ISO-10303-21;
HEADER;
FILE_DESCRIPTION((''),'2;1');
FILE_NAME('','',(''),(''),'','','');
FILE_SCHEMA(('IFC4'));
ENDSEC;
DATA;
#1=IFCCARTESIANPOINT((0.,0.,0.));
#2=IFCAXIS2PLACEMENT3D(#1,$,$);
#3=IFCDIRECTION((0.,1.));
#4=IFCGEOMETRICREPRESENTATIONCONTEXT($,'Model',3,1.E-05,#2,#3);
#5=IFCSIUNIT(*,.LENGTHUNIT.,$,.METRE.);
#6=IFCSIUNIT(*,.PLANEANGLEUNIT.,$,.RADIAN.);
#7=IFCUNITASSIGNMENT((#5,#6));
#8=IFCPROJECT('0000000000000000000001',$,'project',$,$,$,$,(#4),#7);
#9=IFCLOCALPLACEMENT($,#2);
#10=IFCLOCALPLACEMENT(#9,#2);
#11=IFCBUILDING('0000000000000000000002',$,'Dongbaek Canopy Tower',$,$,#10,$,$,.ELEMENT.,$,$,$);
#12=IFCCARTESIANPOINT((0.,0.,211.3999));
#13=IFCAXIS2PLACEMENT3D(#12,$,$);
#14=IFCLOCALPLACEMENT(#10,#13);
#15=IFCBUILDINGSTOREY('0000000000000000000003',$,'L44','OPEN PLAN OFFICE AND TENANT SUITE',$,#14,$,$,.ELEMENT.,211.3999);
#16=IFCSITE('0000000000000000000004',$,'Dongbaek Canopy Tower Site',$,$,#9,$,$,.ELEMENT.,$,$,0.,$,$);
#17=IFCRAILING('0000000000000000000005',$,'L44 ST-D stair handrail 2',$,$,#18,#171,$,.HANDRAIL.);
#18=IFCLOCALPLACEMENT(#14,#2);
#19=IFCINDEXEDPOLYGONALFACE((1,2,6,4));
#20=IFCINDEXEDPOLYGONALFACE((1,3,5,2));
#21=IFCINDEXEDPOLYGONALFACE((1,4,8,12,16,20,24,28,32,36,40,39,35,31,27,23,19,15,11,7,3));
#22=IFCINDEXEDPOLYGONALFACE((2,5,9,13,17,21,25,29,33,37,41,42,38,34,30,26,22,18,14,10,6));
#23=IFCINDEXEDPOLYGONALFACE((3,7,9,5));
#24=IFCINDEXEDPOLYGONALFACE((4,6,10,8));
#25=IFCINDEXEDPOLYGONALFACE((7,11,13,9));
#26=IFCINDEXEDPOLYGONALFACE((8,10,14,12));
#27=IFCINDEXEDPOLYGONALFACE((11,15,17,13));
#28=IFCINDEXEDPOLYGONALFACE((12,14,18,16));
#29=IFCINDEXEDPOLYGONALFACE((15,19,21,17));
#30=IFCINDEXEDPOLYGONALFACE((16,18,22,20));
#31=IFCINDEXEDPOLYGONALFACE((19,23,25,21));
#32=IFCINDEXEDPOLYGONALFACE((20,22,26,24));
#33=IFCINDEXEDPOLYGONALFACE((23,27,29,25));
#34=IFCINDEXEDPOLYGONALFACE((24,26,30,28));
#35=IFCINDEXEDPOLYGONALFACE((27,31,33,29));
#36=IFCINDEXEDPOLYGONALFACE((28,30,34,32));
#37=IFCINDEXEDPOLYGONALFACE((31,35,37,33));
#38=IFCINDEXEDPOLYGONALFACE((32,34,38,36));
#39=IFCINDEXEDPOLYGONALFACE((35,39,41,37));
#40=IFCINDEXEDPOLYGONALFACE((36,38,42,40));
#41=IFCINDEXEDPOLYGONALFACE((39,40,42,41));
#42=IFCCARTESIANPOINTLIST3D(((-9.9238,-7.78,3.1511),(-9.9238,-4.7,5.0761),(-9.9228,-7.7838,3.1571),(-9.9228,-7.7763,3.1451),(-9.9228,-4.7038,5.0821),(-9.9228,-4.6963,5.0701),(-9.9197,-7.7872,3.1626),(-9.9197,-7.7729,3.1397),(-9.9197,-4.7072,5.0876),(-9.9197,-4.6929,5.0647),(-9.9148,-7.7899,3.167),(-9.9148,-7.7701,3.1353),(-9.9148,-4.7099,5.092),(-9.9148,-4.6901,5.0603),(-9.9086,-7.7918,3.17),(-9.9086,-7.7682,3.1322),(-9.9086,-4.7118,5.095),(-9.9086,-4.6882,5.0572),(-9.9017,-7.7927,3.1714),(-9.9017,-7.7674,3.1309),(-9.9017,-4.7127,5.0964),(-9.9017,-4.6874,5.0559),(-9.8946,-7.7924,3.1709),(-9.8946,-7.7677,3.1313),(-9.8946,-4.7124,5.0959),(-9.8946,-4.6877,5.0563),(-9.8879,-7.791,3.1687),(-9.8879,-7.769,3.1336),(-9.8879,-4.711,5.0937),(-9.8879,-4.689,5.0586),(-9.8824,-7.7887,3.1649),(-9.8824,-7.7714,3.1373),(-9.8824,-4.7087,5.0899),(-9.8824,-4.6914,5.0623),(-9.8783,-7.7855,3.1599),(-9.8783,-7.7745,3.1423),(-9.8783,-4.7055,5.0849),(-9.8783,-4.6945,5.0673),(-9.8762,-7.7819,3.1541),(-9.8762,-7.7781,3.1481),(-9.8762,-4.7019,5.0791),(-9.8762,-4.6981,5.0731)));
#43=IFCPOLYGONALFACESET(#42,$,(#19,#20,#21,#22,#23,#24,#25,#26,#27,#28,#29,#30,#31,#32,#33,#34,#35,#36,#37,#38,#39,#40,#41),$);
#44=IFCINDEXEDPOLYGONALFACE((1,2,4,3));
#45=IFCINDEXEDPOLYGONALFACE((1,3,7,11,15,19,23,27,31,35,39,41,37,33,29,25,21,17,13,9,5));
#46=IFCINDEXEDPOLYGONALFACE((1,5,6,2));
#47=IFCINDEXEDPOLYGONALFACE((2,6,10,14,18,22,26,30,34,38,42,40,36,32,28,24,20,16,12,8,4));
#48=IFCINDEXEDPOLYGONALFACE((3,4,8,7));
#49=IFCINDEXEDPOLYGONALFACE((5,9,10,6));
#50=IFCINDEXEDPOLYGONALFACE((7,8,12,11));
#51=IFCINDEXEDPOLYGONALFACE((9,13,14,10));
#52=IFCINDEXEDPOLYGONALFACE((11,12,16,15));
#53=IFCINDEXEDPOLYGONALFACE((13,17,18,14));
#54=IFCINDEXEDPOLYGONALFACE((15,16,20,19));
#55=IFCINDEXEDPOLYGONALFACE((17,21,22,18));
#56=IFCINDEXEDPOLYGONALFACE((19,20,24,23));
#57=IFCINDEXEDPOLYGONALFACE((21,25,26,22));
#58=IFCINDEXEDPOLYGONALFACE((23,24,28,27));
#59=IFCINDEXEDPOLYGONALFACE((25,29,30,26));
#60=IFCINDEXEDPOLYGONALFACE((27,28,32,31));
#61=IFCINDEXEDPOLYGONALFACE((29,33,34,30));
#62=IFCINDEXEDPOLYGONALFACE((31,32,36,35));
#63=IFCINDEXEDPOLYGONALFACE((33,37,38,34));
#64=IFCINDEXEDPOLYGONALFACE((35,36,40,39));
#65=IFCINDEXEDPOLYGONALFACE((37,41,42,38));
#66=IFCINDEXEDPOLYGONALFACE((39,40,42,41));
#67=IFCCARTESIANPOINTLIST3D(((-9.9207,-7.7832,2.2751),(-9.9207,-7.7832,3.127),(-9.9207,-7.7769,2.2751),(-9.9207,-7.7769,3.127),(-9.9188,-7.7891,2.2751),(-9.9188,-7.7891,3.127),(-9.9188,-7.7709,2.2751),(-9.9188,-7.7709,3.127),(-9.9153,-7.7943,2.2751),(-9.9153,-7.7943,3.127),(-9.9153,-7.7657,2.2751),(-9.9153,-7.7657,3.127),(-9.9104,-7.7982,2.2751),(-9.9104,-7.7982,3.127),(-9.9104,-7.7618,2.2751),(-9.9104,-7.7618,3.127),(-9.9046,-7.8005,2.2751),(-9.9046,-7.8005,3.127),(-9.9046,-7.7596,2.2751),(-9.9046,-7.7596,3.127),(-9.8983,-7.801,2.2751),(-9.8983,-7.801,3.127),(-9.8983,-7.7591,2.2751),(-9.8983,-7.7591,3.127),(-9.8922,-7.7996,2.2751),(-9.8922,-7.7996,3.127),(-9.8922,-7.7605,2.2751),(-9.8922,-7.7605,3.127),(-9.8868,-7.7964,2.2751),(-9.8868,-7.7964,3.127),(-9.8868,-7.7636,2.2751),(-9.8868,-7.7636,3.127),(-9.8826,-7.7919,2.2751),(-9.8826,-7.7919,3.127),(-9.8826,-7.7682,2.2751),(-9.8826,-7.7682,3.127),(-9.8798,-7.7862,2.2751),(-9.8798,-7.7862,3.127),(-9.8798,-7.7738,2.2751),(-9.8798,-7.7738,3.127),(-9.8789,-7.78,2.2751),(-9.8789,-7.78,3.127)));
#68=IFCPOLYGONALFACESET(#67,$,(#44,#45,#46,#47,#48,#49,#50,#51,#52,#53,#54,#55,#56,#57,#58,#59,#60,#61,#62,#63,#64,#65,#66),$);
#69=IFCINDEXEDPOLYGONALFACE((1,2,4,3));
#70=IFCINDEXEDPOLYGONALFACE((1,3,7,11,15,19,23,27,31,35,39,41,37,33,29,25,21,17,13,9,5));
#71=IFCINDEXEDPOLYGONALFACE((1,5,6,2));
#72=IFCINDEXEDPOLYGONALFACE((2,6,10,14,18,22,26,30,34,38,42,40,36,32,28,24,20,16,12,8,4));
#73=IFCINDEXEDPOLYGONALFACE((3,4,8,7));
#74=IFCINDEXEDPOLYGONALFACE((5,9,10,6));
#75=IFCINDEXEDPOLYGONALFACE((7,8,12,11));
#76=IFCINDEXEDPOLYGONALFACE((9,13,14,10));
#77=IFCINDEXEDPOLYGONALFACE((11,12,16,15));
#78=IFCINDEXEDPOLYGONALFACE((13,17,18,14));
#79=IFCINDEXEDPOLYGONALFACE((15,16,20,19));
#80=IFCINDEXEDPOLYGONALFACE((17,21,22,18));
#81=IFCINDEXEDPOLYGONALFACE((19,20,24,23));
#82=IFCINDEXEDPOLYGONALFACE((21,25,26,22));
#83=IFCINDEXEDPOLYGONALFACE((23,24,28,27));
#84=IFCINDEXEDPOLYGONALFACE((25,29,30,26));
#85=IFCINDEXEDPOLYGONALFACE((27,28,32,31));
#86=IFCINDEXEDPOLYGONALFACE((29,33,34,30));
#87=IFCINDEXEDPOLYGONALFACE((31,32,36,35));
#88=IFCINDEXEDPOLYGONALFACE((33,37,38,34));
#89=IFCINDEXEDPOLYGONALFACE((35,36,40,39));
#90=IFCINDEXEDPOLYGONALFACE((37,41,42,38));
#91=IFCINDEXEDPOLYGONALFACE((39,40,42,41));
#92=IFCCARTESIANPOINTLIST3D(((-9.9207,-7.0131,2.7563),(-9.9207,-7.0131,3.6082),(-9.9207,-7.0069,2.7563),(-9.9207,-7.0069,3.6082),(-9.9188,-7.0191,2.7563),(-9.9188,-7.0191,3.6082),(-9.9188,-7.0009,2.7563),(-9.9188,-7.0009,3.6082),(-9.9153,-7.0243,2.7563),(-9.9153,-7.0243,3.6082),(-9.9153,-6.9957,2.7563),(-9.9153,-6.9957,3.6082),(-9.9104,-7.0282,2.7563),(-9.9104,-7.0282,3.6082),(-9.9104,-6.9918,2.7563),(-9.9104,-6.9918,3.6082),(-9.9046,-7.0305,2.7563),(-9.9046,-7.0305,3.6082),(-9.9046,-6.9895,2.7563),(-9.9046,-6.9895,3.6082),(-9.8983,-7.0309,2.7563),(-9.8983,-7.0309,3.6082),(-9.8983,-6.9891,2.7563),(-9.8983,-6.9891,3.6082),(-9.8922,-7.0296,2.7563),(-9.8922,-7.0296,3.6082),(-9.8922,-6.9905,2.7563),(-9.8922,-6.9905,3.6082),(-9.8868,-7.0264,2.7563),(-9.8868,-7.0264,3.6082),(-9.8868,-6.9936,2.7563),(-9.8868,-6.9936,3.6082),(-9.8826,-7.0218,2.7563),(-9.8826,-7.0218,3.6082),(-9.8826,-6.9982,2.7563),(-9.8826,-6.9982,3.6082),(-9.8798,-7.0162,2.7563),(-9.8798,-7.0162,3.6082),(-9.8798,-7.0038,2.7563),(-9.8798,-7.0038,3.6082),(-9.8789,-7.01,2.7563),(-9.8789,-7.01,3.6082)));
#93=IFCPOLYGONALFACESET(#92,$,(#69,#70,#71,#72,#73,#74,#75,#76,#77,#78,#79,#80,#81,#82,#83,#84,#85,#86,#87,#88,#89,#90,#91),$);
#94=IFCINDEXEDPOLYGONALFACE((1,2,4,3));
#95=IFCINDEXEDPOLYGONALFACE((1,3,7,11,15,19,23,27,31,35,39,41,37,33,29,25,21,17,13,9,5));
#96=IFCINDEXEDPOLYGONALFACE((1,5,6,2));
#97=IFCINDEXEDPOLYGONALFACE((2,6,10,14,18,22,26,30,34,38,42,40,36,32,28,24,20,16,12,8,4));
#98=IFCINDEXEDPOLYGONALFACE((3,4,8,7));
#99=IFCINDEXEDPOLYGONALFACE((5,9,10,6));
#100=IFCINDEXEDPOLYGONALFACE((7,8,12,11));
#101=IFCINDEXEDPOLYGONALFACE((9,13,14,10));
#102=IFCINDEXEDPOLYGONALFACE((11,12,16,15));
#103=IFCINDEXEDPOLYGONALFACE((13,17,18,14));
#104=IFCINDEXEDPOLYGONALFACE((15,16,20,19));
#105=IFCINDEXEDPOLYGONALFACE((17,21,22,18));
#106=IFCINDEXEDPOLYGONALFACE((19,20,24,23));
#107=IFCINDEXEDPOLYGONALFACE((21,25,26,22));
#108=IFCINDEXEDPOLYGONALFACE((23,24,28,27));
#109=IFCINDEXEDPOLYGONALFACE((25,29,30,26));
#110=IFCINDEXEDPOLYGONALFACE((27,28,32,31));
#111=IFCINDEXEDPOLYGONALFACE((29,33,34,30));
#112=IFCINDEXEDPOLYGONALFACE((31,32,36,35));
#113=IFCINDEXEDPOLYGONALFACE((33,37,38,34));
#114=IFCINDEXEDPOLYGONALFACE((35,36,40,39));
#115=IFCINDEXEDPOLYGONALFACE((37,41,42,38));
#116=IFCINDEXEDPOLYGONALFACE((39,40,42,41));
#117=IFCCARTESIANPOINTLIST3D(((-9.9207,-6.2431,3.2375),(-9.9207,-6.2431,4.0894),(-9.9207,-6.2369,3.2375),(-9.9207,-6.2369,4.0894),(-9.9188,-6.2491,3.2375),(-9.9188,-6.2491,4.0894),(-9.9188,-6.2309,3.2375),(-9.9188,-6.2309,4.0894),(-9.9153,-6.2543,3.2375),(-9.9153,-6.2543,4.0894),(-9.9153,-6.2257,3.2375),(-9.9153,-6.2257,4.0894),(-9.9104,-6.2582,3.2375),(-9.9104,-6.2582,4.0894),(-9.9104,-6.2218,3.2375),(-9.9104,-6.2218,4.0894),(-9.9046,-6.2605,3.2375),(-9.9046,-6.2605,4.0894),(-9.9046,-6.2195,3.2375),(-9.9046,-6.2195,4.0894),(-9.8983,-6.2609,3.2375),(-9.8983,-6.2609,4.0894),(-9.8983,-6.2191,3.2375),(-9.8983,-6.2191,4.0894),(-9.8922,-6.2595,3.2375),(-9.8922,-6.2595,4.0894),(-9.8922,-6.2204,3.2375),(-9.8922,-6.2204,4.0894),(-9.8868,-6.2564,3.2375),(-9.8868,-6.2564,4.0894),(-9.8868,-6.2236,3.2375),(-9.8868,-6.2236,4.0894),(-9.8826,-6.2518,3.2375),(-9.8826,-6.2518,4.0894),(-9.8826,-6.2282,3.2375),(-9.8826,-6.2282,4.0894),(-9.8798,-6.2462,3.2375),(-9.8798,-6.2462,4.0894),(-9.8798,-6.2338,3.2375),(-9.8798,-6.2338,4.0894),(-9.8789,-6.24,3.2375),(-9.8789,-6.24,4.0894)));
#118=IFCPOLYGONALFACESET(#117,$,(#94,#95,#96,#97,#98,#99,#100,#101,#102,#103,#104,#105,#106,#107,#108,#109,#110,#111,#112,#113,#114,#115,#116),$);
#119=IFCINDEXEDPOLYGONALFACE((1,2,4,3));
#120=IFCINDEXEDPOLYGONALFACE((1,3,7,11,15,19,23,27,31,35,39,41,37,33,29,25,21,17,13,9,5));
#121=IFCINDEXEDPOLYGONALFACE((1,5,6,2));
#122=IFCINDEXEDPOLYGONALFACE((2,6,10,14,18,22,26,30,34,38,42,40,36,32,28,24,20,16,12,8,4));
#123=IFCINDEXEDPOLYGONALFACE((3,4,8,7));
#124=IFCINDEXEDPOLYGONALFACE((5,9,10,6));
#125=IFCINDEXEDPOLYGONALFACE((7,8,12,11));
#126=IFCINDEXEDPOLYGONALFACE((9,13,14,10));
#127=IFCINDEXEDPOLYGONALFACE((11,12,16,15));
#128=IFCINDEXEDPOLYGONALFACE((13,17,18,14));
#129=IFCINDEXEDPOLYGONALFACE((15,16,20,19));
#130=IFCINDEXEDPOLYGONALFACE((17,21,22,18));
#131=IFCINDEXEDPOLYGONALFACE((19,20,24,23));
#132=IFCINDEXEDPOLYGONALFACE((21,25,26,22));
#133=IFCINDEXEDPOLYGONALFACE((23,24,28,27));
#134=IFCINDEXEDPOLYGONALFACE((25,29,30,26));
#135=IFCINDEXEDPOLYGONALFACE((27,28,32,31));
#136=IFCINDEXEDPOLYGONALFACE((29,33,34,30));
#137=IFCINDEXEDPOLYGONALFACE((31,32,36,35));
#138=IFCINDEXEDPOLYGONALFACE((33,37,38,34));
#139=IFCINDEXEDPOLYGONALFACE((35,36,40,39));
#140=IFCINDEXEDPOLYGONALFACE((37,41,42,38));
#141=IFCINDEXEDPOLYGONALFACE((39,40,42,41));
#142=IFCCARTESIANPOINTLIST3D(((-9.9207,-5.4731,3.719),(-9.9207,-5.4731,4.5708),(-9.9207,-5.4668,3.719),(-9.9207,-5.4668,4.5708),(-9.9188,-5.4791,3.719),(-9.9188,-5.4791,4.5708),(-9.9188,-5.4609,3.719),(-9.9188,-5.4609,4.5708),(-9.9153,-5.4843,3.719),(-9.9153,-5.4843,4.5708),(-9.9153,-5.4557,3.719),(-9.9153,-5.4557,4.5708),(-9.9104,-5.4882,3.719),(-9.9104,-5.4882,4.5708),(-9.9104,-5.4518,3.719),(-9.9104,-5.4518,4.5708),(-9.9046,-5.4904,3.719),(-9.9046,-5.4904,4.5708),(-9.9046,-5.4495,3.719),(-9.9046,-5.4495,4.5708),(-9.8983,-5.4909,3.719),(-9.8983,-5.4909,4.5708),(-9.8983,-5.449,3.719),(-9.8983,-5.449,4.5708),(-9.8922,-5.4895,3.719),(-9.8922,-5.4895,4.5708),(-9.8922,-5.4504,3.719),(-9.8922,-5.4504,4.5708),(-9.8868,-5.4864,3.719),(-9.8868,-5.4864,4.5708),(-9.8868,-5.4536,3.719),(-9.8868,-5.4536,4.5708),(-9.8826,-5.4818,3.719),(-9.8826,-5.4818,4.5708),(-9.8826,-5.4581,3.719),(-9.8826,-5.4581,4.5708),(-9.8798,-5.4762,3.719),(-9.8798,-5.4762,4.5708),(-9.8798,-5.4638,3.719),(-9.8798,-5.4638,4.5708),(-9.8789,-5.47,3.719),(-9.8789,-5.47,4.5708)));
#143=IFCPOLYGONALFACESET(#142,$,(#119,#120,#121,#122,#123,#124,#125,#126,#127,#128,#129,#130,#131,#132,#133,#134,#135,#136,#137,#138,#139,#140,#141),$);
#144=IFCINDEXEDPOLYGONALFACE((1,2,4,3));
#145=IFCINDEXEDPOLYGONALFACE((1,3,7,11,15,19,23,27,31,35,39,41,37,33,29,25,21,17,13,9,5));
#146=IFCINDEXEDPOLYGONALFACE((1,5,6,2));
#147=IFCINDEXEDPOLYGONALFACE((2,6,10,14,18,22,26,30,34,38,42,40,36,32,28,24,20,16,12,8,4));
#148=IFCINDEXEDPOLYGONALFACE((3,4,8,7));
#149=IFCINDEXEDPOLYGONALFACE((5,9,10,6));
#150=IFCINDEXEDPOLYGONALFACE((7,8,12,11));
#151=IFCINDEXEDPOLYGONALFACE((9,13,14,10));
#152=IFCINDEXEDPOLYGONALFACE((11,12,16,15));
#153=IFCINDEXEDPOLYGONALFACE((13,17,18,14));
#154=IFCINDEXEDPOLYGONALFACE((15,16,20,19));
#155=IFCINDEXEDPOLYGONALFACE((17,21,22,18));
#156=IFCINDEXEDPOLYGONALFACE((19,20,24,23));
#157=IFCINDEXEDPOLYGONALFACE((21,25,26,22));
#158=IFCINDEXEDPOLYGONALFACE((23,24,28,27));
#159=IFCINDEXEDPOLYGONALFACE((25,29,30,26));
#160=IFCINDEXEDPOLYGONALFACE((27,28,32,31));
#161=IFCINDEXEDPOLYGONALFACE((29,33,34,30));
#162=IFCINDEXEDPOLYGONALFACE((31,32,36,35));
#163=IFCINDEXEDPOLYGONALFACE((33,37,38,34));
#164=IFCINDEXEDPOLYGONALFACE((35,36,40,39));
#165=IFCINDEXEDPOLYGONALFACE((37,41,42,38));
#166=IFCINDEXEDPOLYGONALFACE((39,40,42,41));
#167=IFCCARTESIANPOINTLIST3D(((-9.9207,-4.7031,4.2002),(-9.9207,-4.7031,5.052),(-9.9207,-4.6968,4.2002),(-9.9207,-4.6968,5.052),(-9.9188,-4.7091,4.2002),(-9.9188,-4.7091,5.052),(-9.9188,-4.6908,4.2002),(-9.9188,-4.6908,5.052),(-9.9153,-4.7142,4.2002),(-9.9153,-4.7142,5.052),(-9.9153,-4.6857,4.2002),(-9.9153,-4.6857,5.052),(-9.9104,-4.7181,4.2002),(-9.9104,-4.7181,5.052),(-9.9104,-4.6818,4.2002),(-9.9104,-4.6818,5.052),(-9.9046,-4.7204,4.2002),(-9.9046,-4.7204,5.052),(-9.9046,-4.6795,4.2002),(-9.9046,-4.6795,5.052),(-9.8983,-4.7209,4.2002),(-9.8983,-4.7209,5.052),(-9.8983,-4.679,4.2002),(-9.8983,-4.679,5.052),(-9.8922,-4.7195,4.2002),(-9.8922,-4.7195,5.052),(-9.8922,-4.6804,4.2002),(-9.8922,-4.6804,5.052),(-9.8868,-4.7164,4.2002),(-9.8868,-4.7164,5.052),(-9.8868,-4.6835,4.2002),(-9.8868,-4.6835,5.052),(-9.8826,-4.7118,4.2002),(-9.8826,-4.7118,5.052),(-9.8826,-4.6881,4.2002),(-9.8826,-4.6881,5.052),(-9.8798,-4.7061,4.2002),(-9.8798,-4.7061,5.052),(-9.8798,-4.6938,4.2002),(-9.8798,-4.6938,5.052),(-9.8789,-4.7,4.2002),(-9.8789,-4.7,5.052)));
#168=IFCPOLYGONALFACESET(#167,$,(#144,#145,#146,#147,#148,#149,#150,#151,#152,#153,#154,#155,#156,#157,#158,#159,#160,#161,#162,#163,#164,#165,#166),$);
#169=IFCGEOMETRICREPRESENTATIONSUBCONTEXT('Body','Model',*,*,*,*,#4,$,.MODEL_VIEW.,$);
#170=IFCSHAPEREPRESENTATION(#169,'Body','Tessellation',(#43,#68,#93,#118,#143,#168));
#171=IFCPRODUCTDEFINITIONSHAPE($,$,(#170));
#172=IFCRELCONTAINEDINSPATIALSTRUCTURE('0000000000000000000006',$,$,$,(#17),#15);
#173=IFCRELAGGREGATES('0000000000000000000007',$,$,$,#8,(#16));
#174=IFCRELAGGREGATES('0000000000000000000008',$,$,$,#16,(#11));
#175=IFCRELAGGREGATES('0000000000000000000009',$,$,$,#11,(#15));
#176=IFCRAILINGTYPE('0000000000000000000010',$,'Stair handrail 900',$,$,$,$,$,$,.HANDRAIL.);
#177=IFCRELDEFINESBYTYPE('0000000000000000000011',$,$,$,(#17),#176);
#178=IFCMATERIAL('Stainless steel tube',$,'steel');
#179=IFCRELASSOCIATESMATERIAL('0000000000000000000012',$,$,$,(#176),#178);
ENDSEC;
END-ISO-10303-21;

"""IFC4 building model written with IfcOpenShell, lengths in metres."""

from ifc_helpers import new_model, si_unit, direction, frame, origin, origin_2d, place, context, subcontext, project, spatial, circle, extrude, material, type_object, element, save


model = new_model("IFC4")

# Units and contexts
model_context = context("Model", 3, precision=1e-05, world=origin(), true_north=direction((0.0, 1.0)))
body_context = subcontext(model_context, "Body", "Model", "MODEL_VIEW")
ifc_project = project(units=[si_unit("LENGTHUNIT", "METRE"), si_unit("PLANEANGLEUNIT", "RADIAN")], contexts=[model_context])

# Site, building, storey
site_placement = place(None, origin())
site = spatial("IfcSite", under=ifc_project, at=site_placement, Name="Dongbaek Canopy Tower Site", CompositionType="ELEMENT", RefElevation=0.0)
building_placement = place(site_placement, origin())
building = spatial("IfcBuilding", under=site, at=building_placement, Name="Dongbaek Canopy Tower", CompositionType="ELEMENT")
storey_placement = place(building_placement, frame((0.0, 0.0, 211.3999)))
storey = spatial("IfcBuildingStorey", under=building, at=storey_placement, Name="L44", Description="OPEN PLAN OFFICE AND TENANT SUITE", CompositionType="ELEMENT", Elevation=211.3999)

# Railing
ifc_material_1 = material(Name="Stainless steel tube", Category="steel")
railing_type_1 = type_object("IfcRailingType", Name="Stair handrail 900", PredefinedType="HANDRAIL", material=ifc_material_1)
railing_1_placement = place(storey_placement, frame((-9.8999, -7.78, 2.2751)))
element("IfcRailing", 1, at=railing_1_placement, inside=storey, type_object=railing_type_1, Name="L44 ST-D stair handrail 2", PredefinedType="HANDRAIL", context=body_context, shape_type="SweptSolid", body=[
    extrude(circle(Radius=0.0239, at=origin_2d()), frame((0.0, 0.0, 0.876), z_axis=(0.0, 0.847998, 0.529999), x_axis=(-1.0, 0.0, 0.0)), (0.0, 0.0, 1.0), 3.6321),
    extrude(circle(Radius=0.021, at=origin_2d()), origin(), (0.0, 0.0, 1.0), 0.8518),
    extrude(circle(Radius=0.021, at=origin_2d()), frame((0.0, 0.77, 0.4812)), (0.0, 0.0, 1.0), 0.8518),
    extrude(circle(Radius=0.021, at=origin_2d()), frame((0.0, 1.54, 0.9624)), (0.0, 0.0, 1.0), 0.8518),
    extrude(circle(Radius=0.021, at=origin_2d()), frame((0.0, 2.3101, 1.4438)), (0.0, 0.0, 1.0), 0.8518),
    extrude(circle(Radius=0.021, at=origin_2d()), frame((0.0, 3.0801, 1.925)), (0.0, 0.0, 1.0), 0.8518),
])

save(model, "model.ifc")
